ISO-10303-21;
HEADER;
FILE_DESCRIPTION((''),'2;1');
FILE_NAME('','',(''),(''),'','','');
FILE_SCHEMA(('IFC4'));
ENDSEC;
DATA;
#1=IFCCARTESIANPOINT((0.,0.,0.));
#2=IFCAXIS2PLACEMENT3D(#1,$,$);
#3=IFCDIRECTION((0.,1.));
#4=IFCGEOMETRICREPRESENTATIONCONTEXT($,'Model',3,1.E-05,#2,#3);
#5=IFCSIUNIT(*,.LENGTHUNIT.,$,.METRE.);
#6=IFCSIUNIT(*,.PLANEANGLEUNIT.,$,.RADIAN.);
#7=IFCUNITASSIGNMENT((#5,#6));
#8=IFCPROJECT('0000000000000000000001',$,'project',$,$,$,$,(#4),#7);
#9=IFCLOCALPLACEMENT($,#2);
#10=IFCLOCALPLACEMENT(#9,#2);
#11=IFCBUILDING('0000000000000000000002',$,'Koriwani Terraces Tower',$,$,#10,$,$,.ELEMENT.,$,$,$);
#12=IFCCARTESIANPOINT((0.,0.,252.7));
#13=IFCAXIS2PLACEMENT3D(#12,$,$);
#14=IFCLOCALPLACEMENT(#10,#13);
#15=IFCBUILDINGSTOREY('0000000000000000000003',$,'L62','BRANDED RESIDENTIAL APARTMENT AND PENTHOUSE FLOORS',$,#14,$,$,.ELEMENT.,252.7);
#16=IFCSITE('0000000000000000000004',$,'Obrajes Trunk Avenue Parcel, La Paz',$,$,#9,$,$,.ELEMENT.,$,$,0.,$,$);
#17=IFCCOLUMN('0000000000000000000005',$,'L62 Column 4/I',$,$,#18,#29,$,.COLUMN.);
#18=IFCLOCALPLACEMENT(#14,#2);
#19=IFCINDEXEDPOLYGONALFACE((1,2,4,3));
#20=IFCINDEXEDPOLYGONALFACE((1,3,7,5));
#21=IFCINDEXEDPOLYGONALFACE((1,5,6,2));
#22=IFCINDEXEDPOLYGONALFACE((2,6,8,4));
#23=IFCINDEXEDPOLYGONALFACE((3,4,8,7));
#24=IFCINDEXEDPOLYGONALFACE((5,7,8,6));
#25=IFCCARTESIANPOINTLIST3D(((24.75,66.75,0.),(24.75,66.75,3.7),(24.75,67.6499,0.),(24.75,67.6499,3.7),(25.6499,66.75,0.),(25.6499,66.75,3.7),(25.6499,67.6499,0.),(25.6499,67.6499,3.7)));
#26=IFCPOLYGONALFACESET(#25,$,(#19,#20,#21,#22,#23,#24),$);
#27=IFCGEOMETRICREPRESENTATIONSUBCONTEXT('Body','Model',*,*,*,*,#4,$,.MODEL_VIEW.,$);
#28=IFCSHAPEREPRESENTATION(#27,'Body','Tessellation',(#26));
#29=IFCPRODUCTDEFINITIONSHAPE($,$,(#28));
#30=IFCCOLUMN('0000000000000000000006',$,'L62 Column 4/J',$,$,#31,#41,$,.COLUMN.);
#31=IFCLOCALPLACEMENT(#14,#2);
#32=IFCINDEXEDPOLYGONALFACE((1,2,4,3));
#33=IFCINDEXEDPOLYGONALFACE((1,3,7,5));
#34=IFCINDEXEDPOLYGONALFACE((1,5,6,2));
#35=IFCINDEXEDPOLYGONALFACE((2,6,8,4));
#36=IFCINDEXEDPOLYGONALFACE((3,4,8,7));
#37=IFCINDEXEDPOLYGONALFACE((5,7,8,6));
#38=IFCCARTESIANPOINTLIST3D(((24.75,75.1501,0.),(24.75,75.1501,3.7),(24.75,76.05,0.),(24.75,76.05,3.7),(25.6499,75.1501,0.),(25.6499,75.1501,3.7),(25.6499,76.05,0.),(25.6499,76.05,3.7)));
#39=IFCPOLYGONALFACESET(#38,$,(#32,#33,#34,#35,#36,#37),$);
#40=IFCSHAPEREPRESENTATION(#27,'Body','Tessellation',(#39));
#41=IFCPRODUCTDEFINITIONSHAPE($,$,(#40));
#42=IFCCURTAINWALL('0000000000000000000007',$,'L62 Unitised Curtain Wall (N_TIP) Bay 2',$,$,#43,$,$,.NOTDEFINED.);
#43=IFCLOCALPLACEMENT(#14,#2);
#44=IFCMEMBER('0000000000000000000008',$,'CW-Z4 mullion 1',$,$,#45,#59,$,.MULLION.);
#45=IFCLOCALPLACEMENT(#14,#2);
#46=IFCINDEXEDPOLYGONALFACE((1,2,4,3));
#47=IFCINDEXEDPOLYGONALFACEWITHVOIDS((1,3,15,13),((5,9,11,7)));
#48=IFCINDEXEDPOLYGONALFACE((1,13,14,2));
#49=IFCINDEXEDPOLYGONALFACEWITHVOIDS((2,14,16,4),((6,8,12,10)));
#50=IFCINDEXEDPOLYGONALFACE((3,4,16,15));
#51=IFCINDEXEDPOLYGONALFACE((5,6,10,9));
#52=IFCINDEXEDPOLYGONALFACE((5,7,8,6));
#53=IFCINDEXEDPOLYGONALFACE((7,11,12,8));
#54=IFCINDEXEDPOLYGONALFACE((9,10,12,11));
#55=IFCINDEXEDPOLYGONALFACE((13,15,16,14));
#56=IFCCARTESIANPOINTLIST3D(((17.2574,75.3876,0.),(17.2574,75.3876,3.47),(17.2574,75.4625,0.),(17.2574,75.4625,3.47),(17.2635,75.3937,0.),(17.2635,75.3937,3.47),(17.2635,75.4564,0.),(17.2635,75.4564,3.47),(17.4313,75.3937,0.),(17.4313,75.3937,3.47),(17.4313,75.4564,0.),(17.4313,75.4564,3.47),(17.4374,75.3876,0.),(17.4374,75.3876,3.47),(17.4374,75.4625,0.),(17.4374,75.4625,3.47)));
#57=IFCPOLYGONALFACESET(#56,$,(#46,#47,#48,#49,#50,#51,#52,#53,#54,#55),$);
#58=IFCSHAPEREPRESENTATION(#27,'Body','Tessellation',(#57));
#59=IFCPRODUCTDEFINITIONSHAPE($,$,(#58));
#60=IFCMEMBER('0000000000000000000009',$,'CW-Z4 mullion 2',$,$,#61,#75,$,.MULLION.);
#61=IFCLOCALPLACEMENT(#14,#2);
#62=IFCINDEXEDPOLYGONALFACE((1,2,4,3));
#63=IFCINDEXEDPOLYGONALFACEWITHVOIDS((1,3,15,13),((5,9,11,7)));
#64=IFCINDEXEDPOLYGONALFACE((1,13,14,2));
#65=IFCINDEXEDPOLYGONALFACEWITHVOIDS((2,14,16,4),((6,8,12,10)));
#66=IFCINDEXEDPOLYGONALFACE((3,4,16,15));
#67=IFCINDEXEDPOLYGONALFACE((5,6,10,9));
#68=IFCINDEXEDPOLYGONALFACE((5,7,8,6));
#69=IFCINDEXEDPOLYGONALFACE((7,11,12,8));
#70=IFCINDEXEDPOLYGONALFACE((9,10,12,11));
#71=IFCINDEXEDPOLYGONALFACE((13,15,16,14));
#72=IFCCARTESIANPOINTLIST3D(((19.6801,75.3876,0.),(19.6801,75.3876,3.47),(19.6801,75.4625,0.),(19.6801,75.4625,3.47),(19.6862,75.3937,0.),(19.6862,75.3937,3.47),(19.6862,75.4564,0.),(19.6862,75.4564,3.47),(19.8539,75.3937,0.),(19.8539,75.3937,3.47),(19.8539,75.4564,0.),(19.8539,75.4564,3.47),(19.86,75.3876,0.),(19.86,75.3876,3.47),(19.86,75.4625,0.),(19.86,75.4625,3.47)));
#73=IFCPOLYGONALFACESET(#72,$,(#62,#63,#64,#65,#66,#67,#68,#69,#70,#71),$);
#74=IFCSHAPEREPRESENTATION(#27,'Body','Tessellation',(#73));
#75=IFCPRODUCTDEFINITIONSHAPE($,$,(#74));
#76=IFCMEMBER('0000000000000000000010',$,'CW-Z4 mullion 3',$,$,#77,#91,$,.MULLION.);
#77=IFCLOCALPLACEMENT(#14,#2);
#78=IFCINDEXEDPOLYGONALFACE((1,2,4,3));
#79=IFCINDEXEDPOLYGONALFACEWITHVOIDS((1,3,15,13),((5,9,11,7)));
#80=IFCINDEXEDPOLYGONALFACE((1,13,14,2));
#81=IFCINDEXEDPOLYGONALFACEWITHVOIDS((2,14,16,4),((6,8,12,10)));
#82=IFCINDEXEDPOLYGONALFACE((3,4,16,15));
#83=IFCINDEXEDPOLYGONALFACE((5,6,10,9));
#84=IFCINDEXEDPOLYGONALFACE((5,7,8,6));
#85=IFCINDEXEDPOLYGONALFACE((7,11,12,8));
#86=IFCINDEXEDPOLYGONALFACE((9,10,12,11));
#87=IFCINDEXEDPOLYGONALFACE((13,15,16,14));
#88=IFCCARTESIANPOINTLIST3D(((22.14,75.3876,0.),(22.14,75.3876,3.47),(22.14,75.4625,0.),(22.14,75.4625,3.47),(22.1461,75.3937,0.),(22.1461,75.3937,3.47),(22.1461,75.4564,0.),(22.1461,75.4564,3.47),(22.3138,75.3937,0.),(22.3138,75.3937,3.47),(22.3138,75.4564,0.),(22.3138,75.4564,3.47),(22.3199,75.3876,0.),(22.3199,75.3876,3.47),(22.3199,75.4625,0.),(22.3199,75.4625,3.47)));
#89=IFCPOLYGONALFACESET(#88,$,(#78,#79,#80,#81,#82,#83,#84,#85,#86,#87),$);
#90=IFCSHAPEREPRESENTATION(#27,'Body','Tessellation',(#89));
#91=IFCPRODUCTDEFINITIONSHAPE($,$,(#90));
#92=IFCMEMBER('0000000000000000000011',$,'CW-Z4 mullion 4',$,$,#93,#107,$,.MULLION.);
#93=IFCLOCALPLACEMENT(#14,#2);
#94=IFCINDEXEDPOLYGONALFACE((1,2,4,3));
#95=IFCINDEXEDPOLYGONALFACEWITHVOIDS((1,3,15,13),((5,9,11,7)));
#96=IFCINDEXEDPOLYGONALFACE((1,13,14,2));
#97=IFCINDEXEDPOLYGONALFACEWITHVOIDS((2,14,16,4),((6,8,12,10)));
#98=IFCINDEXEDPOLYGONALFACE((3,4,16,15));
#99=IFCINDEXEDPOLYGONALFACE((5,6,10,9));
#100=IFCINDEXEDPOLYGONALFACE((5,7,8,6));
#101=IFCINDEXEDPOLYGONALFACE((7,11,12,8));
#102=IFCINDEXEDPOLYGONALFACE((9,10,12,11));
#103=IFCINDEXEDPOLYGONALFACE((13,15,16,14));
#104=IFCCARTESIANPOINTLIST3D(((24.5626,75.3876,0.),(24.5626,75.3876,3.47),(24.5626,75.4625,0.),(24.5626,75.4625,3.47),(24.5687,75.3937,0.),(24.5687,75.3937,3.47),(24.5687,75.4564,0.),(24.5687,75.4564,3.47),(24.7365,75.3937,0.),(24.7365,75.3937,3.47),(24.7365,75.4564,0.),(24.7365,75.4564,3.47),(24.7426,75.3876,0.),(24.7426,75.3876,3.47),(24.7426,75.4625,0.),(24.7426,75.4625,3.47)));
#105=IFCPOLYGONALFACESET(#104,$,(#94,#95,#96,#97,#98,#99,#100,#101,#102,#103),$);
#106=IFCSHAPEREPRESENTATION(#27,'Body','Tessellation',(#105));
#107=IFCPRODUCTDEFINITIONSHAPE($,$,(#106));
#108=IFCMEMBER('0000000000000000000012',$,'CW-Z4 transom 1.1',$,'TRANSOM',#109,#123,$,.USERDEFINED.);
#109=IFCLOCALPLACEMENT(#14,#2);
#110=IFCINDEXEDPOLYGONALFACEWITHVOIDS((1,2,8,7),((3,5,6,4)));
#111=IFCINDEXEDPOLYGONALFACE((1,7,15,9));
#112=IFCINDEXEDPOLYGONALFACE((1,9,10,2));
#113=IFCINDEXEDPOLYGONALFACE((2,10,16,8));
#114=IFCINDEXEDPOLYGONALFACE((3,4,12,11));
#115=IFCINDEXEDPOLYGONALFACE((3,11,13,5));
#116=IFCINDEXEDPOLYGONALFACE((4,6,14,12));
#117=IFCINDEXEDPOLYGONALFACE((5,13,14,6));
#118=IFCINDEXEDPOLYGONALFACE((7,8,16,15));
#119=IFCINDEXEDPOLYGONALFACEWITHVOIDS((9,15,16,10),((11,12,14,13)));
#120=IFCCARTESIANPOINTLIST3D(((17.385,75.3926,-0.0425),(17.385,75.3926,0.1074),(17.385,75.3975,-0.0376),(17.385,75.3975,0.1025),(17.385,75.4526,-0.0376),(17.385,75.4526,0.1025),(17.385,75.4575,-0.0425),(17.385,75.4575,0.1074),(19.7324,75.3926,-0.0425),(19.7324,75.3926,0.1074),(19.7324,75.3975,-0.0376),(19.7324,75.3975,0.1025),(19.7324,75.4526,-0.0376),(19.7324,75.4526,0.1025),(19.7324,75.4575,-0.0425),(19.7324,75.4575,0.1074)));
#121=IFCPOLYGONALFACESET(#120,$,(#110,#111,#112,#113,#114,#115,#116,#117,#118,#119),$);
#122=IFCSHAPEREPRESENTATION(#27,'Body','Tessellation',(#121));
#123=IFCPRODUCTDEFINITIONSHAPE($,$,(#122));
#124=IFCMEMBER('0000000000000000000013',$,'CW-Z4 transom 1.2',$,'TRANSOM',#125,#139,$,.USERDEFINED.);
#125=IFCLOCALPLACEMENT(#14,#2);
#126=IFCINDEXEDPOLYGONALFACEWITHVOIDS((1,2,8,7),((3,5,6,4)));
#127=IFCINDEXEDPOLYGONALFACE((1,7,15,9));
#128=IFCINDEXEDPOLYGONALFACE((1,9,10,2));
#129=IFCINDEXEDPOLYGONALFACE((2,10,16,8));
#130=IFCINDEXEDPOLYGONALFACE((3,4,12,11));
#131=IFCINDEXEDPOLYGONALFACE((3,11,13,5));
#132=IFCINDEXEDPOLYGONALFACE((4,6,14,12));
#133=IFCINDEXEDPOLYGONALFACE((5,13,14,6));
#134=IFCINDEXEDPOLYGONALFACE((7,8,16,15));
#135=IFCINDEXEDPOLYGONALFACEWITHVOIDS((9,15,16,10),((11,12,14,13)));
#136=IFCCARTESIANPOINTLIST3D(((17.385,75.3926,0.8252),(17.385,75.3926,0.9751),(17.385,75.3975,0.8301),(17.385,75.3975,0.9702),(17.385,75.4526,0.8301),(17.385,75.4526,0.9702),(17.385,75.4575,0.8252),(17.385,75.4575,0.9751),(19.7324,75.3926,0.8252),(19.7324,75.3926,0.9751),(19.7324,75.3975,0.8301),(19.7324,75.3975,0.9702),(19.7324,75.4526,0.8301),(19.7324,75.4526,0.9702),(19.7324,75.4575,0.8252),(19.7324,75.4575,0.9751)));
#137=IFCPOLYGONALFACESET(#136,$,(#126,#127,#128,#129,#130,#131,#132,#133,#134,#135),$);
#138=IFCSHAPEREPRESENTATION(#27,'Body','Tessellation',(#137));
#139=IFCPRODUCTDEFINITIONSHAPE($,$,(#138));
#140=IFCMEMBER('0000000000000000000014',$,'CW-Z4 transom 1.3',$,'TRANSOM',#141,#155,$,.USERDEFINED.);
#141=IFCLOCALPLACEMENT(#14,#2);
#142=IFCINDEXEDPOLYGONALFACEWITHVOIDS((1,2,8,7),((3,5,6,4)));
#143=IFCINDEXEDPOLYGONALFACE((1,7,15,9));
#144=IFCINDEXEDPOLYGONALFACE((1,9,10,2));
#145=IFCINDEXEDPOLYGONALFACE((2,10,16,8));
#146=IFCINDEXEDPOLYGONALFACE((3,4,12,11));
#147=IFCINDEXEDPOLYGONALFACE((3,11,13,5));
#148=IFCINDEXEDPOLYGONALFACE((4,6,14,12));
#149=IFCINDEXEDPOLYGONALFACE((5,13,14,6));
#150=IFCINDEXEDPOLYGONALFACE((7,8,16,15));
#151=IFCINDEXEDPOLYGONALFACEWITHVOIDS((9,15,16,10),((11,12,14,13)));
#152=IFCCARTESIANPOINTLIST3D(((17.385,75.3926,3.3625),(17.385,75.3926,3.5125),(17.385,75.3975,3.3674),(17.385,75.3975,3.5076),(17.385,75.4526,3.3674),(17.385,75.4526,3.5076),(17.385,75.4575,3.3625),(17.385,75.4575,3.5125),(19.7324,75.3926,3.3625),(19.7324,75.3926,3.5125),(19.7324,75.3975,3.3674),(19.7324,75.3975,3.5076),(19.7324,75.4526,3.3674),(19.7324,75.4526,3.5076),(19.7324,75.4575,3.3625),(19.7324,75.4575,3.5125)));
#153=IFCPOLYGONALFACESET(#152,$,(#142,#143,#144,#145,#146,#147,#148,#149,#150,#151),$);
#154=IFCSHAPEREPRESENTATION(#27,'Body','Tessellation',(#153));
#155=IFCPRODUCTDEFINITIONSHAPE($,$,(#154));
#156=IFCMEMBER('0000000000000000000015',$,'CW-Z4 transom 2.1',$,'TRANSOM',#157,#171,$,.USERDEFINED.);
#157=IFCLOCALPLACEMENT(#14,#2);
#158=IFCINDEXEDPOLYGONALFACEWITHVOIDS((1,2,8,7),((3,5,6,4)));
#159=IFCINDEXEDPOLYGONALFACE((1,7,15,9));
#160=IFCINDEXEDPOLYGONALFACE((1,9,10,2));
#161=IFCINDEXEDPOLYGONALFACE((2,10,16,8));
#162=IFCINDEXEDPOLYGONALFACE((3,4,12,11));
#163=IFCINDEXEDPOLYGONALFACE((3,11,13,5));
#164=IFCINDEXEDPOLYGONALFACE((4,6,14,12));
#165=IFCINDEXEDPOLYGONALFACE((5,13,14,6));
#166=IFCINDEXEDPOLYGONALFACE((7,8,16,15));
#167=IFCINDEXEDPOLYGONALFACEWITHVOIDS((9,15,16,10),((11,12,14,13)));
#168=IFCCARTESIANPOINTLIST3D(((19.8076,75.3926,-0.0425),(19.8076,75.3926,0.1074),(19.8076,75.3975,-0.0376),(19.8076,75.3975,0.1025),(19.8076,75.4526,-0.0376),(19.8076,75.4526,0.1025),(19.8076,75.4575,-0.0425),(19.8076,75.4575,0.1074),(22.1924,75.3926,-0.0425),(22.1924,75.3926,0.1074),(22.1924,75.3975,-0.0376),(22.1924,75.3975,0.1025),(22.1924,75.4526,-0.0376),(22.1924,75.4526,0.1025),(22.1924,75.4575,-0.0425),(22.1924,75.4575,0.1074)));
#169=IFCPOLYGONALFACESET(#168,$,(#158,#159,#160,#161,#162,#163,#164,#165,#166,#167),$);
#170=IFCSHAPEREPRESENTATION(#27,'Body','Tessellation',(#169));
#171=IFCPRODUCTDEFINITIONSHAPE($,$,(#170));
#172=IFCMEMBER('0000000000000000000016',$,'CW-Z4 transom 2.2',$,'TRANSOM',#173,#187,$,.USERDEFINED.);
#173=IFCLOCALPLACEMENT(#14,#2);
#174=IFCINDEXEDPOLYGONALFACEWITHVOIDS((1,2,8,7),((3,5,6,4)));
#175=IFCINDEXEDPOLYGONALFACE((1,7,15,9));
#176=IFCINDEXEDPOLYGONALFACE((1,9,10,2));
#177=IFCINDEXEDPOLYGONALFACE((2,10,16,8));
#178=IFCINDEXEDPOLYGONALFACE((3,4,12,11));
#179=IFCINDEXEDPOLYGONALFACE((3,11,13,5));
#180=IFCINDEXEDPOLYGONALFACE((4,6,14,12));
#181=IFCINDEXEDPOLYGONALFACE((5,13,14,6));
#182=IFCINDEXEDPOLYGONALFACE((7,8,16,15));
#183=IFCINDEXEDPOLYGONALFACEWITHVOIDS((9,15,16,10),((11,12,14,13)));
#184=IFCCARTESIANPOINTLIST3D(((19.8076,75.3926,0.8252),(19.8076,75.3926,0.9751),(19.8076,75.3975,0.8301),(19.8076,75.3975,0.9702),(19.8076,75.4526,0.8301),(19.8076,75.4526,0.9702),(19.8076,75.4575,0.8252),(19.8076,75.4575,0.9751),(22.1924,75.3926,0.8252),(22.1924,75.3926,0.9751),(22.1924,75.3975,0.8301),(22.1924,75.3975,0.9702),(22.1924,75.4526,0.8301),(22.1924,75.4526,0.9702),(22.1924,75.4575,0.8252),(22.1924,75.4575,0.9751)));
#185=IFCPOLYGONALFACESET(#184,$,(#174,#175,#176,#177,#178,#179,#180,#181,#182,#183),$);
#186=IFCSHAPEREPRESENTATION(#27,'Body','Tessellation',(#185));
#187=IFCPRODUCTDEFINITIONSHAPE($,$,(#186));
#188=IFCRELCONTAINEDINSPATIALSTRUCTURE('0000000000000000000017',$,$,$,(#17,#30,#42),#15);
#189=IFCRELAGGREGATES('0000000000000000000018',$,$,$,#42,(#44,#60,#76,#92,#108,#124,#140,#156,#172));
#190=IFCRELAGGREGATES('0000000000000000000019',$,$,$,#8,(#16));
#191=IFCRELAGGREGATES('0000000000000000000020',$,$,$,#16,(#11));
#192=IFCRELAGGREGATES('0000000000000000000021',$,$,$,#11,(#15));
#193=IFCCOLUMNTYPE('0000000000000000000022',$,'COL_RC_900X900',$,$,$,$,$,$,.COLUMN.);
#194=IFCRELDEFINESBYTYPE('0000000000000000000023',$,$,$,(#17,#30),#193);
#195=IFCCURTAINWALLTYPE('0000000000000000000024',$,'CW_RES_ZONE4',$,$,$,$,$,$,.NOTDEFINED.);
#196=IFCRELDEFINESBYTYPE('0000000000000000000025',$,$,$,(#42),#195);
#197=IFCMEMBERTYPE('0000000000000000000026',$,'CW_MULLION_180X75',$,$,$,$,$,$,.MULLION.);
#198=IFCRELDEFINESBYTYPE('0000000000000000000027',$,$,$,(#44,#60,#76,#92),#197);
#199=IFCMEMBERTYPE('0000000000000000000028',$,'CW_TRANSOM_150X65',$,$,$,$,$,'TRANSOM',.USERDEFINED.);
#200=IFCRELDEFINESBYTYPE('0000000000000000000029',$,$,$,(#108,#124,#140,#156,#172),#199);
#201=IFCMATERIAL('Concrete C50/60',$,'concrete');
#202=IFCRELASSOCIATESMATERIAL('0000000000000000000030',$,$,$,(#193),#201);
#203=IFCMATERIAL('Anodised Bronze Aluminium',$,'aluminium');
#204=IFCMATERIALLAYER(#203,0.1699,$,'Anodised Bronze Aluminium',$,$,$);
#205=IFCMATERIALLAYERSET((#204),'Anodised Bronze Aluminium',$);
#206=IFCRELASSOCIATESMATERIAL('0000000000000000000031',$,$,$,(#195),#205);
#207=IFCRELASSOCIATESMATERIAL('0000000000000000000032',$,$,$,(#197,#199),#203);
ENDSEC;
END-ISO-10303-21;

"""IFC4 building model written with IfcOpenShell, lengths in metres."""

from ifc_helpers import new_model, si_unit, direction, frame, origin, origin_2d, place, context, subcontext, project, spatial, rectangle, hollow_rectangle, extrude, material, layer, layer_set, material_profile, profile_set, type_object, element, aggregate, save


model = new_model("IFC4")

# Units and contexts
model_context = context("Model", 3, precision=1e-05, world=origin(), true_north=direction((0.0, 1.0)))
body_context = subcontext(model_context, "Body", "Model", "MODEL_VIEW")
ifc_project = project(units=[si_unit("LENGTHUNIT", "METRE"), si_unit("PLANEANGLEUNIT", "RADIAN")], contexts=[model_context])

# Site, building, storey
site_placement = place(None, origin())
site = spatial("IfcSite", under=ifc_project, at=site_placement, Name="Obrajes Trunk Avenue Parcel, La Paz", CompositionType="ELEMENT", RefElevation=0.0)
building_placement = place(site_placement, origin())
building = spatial("IfcBuilding", under=site, at=building_placement, Name="Koriwani Terraces Tower", CompositionType="ELEMENT")
storey_placement = place(building_placement, frame((0.0, 0.0, 252.7)))
storey = spatial("IfcBuildingStorey", under=building, at=storey_placement, Name="L62", Description="BRANDED RESIDENTIAL APARTMENT AND PENTHOUSE FLOORS", CompositionType="ELEMENT", Elevation=252.7)

# Columns
ifc_material_1 = material(Name="Concrete C50/60", Category="concrete")
ifc_material_profile_1 = material_profile(ifc_material_1, rectangle(XDim=0.8999, YDim=0.8999, at=origin_2d()), Name="Concrete C50/60", Category="LoadBearing")
ifc_profile_set_1 = profile_set([ifc_material_profile_1], Name="Concrete C50/60")
column_type = type_object("IfcColumnType", Name="COL_RC_900X900", PredefinedType="COLUMN", material=ifc_profile_set_1)
for number, where, z_axis, x_axis, name in (
    (1, (25.2, 67.2, 0.0), (0.0, 0.0, 1.0), (1.0, 0.0, 0.0), "L62 Column 4/I"),
    (2, (25.2, 75.6001, 0.0), (0.0, 0.0, 1.0), (1.0, 0.0, 0.0), "L62 Column 4/J"),
):
    element("IfcColumn", number, at=place(storey_placement, frame(where, z_axis=z_axis, x_axis=x_axis)), inside=storey, type_object=column_type, Name=name, PredefinedType="COLUMN", context=body_context, shape_type="SweptSolid", body=[
        extrude(rectangle(XDim=0.8999, YDim=0.8999, at=origin_2d()), origin(), (0.0, 0.0, 1.0), 3.7),
    ])

# Curtain wall, members
ifc_material_2 = material(Name="Anodised Bronze Aluminium", Category="aluminium")
ifc_layer_1 = layer(ifc_material_2, 0.1699, Name="Anodised Bronze Aluminium")
ifc_layer_set_1 = layer_set([ifc_layer_1], Name="Anodised Bronze Aluminium")
curtain_wall_type = type_object("IfcCurtainWallType", Name="CW_RES_ZONE4", PredefinedType="NOTDEFINED", material=ifc_layer_set_1)
curtain_wall_placement = place(storey_placement, origin())
curtain_wall = element("IfcCurtainWall", 3, at=curtain_wall_placement, inside=storey, type_object=curtain_wall_type, Name="L62 Unitised Curtain Wall (N_TIP) Bay 2", PredefinedType="NOTDEFINED")
ifc_material_profile_2 = material_profile(ifc_material_2, hollow_rectangle(XDim=0.075, YDim=0.1799, WallThickness=0.0061, at=origin_2d()), Name="Anodised Bronze Aluminium", Category="LoadBearing")
ifc_profile_set_2 = profile_set([ifc_material_profile_2], Name="Anodised Bronze Aluminium")
member_type_1 = type_object("IfcMemberType", Name="CW_MULLION_180X75", PredefinedType="MULLION", material=ifc_profile_set_2)
member_1_placement = place(storey_placement, frame((17.3474, 75.425, 0.0), z_axis=(0.0, 0.0, 1.0), x_axis=(0.0, 1.0, 0.0)))
member_1 = element("IfcMember", 4, at=member_1_placement, type_object=member_type_1, Name="CW-Z4 mullion 1", PredefinedType="MULLION", context=body_context, shape_type="SweptSolid", body=[
    extrude(hollow_rectangle(XDim=0.075, YDim=0.1799, WallThickness=0.0061, at=origin_2d()), origin(), (0.0, 0.0, 1.0), 3.47),
])
member_2_placement = place(storey_placement, frame((19.77, 75.425, 0.0), z_axis=(0.0, 0.0, 1.0), x_axis=(0.0, 1.0, 0.0)))
member_2 = element("IfcMember", 5, at=member_2_placement, type_object=member_type_1, Name="CW-Z4 mullion 2", PredefinedType="MULLION", context=body_context, shape_type="SweptSolid", body=[
    extrude(hollow_rectangle(XDim=0.075, YDim=0.1799, WallThickness=0.0061, at=origin_2d()), origin(), (0.0, 0.0, 1.0), 3.47),
])
member_3_placement = place(storey_placement, frame((22.23, 75.425, 0.0), z_axis=(0.0, 0.0, 1.0), x_axis=(0.0, 1.0, 0.0)))
member_3 = element("IfcMember", 6, at=member_3_placement, type_object=member_type_1, Name="CW-Z4 mullion 3", PredefinedType="MULLION", context=body_context, shape_type="SweptSolid", body=[
    extrude(hollow_rectangle(XDim=0.075, YDim=0.1799, WallThickness=0.0061, at=origin_2d()), origin(), (0.0, 0.0, 1.0), 3.47),
])
member_4_placement = place(storey_placement, frame((24.6526, 75.425, 0.0), z_axis=(0.0, 0.0, 1.0), x_axis=(0.0, 1.0, 0.0)))
member_4 = element("IfcMember", 7, at=member_4_placement, type_object=member_type_1, Name="CW-Z4 mullion 4", PredefinedType="MULLION", context=body_context, shape_type="SweptSolid", body=[
    extrude(hollow_rectangle(XDim=0.075, YDim=0.1799, WallThickness=0.0061, at=origin_2d()), origin(), (0.0, 0.0, 1.0), 3.47),
])
ifc_material_profile_3 = material_profile(ifc_material_2, hollow_rectangle(XDim=0.0649, YDim=0.1499, WallThickness=0.0049, at=origin_2d()), Name="Anodised Bronze Aluminium", Category="LoadBearing")
ifc_profile_set_3 = profile_set([ifc_material_profile_3], Name="Anodised Bronze Aluminium")
member_type_2 = type_object("IfcMemberType", Name="CW_TRANSOM_150X65", ElementType="TRANSOM", PredefinedType="USERDEFINED", material=ifc_profile_set_3)
member_5_placement = place(storey_placement, frame((17.385, 75.425, 0.0325), z_axis=(1.0, 0.0, 0.0), x_axis=(0.0, 1.0, 0.0)))
member_5 = element("IfcMember", 8, at=member_5_placement, type_object=member_type_2, Name="CW-Z4 transom 1.1", ObjectType="TRANSOM", PredefinedType="USERDEFINED", context=body_context, shape_type="SweptSolid", body=[
    extrude(hollow_rectangle(XDim=0.0649, YDim=0.1499, WallThickness=0.0049, at=origin_2d()), origin(), (0.0, 0.0, 1.0), 2.3474),
])
member_6_placement = place(storey_placement, frame((17.385, 75.425, 0.9001), z_axis=(1.0, 0.0, 0.0), x_axis=(0.0, 1.0, 0.0)))
member_6 = element("IfcMember", 9, at=member_6_placement, type_object=member_type_2, Name="CW-Z4 transom 1.2", ObjectType="TRANSOM", PredefinedType="USERDEFINED", context=body_context, shape_type="SweptSolid", body=[
    extrude(hollow_rectangle(XDim=0.0649, YDim=0.1499, WallThickness=0.0049, at=origin_2d()), origin(), (0.0, 0.0, 1.0), 2.3474),
])
member_7_placement = place(storey_placement, frame((17.385, 75.425, 3.4375), z_axis=(1.0, 0.0, 0.0), x_axis=(0.0, 1.0, 0.0)))
member_7 = element("IfcMember", 10, at=member_7_placement, type_object=member_type_2, Name="CW-Z4 transom 1.3", ObjectType="TRANSOM", PredefinedType="USERDEFINED", context=body_context, shape_type="SweptSolid", body=[
    extrude(hollow_rectangle(XDim=0.0649, YDim=0.1499, WallThickness=0.0049, at=origin_2d()), origin(), (0.0, 0.0, 1.0), 2.3474),
])
member_8_placement = place(storey_placement, frame((19.8076, 75.425, 0.0325), z_axis=(1.0, 0.0, 0.0), x_axis=(0.0, 1.0, 0.0)))
member_8 = element("IfcMember", 11, at=member_8_placement, type_object=member_type_2, Name="CW-Z4 transom 2.1", ObjectType="TRANSOM", PredefinedType="USERDEFINED", context=body_context, shape_type="SweptSolid", body=[
    extrude(hollow_rectangle(XDim=0.0649, YDim=0.1499, WallThickness=0.0049, at=origin_2d()), origin(), (0.0, 0.0, 1.0), 2.3848),
])
member_9_placement = place(storey_placement, frame((19.8076, 75.425, 0.9001), z_axis=(1.0, 0.0, 0.0), x_axis=(0.0, 1.0, 0.0)))
member_9 = element("IfcMember", 12, at=member_9_placement, type_object=member_type_2, Name="CW-Z4 transom 2.2", ObjectType="TRANSOM", PredefinedType="USERDEFINED", context=body_context, shape_type="SweptSolid", body=[
    extrude(hollow_rectangle(XDim=0.0649, YDim=0.1499, WallThickness=0.0049, at=origin_2d()), origin(), (0.0, 0.0, 1.0), 2.3848),
])

aggregate(curtain_wall, [member_1, member_2, member_3, member_4, member_5, member_6, member_7, member_8, member_9])

save(model, "model.ifc")
